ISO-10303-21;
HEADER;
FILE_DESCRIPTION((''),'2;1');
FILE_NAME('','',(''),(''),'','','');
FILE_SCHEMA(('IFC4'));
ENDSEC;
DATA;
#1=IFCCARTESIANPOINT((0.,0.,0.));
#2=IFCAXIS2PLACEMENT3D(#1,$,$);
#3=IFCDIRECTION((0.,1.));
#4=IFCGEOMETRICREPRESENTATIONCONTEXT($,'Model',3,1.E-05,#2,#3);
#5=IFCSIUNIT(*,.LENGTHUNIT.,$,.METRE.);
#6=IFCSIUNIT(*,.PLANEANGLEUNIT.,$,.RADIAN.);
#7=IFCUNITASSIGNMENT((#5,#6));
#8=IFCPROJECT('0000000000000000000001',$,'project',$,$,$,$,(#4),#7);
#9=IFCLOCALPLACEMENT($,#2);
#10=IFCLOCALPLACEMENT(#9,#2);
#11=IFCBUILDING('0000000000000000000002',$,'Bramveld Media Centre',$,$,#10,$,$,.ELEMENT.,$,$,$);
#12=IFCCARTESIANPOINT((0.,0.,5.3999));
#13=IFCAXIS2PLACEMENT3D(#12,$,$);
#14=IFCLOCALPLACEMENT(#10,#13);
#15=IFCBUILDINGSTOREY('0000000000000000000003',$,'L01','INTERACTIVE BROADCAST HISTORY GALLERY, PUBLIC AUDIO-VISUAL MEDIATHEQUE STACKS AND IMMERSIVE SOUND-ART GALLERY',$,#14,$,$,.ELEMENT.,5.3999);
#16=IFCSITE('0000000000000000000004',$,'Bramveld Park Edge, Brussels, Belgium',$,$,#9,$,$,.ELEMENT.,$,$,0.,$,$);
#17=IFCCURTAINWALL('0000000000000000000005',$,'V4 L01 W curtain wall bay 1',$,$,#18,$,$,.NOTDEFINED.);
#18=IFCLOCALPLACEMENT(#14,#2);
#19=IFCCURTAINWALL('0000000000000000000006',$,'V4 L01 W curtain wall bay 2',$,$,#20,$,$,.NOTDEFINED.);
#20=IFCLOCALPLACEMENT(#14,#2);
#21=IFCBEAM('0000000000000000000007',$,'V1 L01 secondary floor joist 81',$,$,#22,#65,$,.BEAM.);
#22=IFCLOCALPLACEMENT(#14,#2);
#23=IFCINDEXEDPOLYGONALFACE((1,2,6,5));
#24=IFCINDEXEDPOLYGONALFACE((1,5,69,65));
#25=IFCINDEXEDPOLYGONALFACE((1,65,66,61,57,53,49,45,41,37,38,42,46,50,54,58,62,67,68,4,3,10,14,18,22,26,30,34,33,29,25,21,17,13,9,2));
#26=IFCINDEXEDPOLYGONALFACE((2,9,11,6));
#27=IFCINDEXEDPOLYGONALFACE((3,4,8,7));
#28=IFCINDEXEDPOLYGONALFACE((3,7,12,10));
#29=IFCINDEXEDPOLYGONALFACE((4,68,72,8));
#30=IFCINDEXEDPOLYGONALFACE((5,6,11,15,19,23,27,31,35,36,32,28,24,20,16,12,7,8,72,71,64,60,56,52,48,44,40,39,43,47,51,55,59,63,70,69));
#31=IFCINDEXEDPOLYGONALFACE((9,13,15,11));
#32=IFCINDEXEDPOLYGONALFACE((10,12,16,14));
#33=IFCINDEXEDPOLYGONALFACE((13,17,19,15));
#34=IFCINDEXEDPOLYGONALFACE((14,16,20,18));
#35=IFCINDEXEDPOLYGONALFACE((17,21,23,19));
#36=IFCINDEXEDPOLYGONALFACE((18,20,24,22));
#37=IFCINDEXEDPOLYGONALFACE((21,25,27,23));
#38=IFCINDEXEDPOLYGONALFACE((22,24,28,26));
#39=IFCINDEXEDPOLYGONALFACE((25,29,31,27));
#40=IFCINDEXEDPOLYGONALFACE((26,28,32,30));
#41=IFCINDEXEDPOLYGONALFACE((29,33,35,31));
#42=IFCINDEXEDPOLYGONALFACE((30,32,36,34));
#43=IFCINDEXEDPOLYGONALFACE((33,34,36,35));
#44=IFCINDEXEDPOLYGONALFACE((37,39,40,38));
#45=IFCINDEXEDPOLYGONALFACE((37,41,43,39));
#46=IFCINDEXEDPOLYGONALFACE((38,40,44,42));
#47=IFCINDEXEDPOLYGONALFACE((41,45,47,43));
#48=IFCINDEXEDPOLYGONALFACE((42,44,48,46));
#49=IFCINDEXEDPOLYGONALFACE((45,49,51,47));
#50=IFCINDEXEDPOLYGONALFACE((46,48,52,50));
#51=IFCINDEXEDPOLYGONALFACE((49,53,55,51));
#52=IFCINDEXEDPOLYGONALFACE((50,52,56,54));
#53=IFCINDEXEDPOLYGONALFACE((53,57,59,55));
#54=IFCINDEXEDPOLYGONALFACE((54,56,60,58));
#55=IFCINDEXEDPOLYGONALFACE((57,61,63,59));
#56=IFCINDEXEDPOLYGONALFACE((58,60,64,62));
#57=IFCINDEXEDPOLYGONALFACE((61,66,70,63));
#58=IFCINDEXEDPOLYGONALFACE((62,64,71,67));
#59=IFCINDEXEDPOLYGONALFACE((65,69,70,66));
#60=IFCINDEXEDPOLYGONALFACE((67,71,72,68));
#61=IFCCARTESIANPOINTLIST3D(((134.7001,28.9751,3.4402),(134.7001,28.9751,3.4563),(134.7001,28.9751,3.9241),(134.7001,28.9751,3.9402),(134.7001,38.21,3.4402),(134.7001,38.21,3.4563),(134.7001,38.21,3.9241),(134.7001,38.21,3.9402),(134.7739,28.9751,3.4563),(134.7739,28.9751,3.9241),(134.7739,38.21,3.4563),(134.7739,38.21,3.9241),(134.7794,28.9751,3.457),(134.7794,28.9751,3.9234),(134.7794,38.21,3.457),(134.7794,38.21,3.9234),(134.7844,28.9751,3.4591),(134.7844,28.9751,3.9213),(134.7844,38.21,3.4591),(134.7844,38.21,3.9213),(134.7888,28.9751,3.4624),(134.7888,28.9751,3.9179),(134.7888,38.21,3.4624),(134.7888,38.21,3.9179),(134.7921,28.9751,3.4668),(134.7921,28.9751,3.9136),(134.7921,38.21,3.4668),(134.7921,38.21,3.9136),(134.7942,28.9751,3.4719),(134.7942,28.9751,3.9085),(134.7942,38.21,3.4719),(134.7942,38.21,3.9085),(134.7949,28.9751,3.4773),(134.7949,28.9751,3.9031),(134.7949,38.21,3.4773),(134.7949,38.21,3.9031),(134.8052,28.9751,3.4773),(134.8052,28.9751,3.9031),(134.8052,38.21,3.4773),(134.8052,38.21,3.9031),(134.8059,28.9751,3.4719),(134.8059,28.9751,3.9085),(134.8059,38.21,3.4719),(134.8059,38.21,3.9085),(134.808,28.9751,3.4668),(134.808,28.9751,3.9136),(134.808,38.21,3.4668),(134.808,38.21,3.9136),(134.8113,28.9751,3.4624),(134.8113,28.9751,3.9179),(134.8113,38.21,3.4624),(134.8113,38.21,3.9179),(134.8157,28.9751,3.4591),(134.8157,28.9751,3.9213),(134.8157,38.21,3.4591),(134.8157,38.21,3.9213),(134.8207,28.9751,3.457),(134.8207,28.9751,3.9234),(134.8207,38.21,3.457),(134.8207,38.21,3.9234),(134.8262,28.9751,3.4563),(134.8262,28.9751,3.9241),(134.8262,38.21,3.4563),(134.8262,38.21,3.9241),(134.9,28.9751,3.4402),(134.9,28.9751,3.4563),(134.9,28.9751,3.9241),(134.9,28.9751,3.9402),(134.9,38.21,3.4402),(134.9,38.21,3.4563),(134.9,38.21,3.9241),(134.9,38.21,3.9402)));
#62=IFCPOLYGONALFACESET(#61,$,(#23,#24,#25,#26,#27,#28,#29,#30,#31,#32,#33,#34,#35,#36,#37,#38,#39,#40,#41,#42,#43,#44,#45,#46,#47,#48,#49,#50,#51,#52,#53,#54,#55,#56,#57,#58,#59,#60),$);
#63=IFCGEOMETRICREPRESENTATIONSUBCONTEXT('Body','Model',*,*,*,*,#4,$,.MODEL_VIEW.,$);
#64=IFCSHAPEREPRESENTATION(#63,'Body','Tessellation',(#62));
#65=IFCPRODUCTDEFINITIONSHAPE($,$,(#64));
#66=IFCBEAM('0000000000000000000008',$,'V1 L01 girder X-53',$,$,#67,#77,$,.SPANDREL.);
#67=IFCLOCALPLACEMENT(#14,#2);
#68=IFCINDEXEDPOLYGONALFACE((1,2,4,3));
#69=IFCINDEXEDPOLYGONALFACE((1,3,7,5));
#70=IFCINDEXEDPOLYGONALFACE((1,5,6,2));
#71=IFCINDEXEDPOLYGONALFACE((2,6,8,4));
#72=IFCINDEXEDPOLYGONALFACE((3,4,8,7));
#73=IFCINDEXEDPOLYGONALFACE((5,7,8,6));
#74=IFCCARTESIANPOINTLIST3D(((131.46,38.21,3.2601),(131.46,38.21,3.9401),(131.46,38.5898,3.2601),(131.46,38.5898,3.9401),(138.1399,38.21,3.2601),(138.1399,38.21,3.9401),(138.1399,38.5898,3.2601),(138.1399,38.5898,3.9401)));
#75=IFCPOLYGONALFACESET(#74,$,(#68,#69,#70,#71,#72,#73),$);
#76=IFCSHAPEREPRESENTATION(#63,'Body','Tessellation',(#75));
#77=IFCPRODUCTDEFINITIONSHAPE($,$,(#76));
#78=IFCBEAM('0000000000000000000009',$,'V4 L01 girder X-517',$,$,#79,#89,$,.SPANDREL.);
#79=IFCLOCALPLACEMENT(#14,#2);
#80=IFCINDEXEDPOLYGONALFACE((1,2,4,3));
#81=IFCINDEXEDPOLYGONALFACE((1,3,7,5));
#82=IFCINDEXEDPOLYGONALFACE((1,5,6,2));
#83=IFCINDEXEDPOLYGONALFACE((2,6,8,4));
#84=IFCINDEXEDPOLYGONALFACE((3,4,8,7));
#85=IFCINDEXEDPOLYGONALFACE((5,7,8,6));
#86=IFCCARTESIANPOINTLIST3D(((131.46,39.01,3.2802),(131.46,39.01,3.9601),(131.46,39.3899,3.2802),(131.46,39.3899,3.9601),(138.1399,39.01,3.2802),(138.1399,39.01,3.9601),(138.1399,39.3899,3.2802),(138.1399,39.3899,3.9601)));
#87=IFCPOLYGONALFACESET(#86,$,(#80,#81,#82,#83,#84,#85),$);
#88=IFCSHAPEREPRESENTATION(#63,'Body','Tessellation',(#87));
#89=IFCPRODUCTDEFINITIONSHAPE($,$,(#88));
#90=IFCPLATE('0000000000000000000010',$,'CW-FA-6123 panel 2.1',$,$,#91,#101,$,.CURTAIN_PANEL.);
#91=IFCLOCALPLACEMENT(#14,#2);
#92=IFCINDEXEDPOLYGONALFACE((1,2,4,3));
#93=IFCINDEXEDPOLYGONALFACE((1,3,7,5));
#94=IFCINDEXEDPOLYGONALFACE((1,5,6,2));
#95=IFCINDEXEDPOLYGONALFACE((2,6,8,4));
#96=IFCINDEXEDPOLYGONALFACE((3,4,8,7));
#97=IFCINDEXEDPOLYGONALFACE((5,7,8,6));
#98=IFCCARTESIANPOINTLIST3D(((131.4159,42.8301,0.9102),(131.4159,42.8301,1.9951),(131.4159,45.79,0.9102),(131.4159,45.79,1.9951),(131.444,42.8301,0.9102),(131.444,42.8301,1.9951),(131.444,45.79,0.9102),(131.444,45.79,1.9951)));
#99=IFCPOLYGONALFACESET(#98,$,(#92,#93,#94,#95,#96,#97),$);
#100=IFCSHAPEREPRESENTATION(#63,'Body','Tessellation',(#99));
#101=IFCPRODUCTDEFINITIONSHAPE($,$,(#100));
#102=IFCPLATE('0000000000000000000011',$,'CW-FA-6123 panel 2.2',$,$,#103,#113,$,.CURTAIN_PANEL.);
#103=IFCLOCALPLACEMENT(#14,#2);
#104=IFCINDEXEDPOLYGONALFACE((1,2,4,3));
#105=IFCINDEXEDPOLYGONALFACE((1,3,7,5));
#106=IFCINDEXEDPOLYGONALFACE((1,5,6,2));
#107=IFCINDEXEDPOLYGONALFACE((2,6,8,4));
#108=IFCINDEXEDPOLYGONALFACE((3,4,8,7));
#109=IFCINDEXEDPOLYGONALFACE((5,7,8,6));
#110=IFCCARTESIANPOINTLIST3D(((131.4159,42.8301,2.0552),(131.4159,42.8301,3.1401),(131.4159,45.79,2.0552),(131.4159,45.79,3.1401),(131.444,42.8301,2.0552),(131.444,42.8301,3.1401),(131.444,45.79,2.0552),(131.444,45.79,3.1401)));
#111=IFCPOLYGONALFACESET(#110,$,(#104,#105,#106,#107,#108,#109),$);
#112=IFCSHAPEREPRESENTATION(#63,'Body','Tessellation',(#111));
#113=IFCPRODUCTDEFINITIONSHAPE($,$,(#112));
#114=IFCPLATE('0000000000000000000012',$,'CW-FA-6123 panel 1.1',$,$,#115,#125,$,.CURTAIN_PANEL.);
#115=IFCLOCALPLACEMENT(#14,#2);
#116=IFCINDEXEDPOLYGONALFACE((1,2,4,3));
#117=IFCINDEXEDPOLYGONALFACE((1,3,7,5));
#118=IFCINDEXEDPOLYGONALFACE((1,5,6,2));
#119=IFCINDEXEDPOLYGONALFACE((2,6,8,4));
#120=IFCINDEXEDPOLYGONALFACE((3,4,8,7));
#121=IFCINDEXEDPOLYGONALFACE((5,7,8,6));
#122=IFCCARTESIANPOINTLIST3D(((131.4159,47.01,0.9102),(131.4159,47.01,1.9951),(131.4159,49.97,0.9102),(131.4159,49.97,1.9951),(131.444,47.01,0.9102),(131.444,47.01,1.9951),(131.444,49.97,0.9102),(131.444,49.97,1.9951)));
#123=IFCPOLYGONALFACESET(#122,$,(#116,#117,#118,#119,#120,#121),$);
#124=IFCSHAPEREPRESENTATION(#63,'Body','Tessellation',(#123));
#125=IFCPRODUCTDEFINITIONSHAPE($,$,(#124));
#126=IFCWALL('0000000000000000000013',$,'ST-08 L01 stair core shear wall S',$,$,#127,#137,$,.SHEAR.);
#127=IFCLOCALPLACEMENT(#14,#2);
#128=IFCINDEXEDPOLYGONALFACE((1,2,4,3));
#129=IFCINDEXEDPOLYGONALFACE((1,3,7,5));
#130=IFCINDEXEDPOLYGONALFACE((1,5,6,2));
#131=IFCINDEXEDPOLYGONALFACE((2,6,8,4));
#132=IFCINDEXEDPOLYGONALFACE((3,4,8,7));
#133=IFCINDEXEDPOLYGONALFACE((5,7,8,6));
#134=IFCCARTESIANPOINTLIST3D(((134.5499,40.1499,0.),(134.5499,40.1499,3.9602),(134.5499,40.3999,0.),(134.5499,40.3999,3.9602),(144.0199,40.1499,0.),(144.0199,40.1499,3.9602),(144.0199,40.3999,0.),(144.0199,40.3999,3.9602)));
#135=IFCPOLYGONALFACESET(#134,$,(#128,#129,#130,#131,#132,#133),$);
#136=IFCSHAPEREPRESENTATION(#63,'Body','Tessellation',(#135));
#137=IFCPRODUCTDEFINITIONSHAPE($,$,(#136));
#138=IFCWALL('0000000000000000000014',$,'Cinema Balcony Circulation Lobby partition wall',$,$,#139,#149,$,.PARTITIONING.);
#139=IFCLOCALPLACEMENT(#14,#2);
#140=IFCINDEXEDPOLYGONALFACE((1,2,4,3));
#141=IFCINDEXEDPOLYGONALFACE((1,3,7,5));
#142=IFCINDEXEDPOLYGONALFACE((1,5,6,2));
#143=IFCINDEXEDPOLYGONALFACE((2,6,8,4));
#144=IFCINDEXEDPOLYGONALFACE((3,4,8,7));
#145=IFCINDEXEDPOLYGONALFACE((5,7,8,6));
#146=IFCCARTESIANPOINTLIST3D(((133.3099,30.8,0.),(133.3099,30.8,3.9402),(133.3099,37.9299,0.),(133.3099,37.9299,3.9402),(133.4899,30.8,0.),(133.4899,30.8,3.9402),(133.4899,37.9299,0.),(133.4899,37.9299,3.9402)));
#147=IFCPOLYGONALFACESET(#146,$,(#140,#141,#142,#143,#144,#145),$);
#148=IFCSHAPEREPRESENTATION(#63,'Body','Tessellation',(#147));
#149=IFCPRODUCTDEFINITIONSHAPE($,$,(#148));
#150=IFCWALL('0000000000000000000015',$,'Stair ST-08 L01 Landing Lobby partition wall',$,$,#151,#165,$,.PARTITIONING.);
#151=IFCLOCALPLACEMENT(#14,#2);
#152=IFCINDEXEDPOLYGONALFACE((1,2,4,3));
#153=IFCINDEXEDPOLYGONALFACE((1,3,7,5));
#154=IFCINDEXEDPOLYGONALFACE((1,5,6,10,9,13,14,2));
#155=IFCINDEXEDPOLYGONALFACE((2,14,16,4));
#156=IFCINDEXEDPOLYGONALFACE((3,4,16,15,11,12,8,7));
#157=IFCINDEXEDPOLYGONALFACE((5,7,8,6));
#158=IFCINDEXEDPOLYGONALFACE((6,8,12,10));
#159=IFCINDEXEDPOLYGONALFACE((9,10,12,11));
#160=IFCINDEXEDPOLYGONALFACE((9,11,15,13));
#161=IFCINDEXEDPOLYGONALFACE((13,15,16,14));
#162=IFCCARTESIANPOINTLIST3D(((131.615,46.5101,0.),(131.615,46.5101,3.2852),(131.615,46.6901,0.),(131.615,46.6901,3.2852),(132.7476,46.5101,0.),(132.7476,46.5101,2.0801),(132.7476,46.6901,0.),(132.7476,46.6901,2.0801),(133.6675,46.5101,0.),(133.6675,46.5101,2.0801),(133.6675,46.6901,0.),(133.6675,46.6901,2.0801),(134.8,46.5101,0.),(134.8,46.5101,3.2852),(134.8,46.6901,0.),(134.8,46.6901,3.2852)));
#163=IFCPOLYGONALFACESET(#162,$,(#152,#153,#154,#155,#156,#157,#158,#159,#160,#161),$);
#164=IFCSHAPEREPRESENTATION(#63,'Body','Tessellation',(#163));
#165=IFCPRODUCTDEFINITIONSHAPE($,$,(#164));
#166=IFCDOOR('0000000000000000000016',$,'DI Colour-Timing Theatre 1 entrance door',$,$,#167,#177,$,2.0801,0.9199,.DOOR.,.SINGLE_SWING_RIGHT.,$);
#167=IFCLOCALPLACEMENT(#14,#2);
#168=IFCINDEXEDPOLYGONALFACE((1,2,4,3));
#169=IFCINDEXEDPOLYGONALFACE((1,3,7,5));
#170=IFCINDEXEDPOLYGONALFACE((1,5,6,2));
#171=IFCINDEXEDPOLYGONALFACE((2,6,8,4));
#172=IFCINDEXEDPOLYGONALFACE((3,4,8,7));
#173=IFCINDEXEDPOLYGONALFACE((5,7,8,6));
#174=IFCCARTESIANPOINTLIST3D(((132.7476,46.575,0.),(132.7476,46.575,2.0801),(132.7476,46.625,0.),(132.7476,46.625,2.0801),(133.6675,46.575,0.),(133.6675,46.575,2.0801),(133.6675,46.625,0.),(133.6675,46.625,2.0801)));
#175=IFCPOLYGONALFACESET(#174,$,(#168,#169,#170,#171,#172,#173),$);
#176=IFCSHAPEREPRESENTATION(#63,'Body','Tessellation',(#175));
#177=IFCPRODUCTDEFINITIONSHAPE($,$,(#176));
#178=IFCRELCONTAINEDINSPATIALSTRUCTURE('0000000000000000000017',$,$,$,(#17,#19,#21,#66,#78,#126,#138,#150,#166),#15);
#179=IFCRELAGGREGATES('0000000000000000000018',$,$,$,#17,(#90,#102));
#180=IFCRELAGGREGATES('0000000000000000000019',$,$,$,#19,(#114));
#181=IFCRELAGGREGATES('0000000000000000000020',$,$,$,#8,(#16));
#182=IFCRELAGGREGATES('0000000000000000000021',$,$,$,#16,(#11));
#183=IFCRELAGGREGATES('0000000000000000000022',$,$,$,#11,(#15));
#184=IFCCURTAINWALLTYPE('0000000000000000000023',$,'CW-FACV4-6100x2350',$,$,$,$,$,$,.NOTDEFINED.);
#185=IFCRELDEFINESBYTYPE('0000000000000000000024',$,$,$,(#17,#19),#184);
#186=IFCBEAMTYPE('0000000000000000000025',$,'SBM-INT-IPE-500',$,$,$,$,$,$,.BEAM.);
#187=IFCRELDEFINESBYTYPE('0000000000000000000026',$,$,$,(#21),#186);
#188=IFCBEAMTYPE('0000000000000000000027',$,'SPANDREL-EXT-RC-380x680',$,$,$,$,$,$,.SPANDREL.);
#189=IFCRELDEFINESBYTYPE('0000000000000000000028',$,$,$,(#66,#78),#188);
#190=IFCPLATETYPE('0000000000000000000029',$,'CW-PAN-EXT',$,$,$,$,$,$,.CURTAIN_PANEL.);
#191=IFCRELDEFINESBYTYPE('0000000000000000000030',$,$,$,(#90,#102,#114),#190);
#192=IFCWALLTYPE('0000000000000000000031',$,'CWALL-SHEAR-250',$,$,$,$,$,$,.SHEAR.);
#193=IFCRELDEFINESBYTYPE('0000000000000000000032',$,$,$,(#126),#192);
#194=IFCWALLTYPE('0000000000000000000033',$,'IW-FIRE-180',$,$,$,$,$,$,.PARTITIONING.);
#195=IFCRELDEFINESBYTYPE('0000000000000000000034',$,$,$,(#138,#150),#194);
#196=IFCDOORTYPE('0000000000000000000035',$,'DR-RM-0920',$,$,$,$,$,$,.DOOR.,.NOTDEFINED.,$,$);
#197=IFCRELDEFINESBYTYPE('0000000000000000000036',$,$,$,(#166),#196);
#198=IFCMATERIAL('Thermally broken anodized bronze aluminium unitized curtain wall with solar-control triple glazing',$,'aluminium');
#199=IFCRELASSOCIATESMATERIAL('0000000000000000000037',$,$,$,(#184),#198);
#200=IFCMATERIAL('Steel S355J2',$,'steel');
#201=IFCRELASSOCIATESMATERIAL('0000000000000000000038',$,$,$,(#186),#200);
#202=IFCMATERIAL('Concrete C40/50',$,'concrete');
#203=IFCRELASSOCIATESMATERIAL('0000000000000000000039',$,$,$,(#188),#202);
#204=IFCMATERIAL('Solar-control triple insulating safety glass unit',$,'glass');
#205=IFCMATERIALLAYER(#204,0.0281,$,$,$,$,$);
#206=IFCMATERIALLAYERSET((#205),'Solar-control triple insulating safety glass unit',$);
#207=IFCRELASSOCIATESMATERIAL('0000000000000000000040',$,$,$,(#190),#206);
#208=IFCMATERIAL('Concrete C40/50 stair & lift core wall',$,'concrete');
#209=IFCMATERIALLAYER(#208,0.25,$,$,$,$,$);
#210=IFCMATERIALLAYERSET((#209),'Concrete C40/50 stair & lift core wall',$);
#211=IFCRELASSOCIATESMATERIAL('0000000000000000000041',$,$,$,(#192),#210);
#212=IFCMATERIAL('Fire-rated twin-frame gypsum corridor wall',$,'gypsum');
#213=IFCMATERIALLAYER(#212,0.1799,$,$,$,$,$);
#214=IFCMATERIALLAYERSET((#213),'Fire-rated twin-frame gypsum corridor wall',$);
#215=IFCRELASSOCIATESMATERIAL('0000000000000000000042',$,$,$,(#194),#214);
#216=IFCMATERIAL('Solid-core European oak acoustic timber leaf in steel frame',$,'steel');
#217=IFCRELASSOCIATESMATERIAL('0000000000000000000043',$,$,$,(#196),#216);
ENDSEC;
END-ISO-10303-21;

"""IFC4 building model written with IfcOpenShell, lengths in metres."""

from ifc_helpers import new_model, si_unit, direction, frame, frame_2d, origin, origin_2d, place, context, subcontext, project, spatial, rectangle, i_section, extrude, material, layer, layer_set, material_profile, profile_set, type_object, element, fill, aggregate, save


model = new_model("IFC4")

# Units and contexts
model_context = context("Model", 3, precision=1e-05, world=origin(), true_north=direction((0.0, 1.0)))
body_context = subcontext(model_context, "Body", "Model", "MODEL_VIEW")
ifc_project = project(units=[si_unit("LENGTHUNIT", "METRE"), si_unit("PLANEANGLEUNIT", "RADIAN")], contexts=[model_context])

# Site, building, storey
site_placement = place(None, origin())
site = spatial("IfcSite", under=ifc_project, at=site_placement, Name="Bramveld Park Edge, Brussels, Belgium", CompositionType="ELEMENT", RefElevation=0.0)
building_placement = place(site_placement, origin())
building = spatial("IfcBuilding", under=site, at=building_placement, Name="Bramveld Media Centre", CompositionType="ELEMENT")
storey_placement = place(building_placement, frame((0.0, 0.0, 5.3999)))
storey = spatial("IfcBuildingStorey", under=building, at=storey_placement, Name="L01", Description="INTERACTIVE BROADCAST HISTORY GALLERY, PUBLIC AUDIO-VISUAL MEDIATHEQUE STACKS AND IMMERSIVE SOUND-ART GALLERY", CompositionType="ELEMENT", Elevation=5.3999)

# Curtain walls
ifc_material_1 = material(Name="Thermally broken anodized bronze aluminium unitized curtain wall with solar-control triple glazing", Category="aluminium")
curtain_wall_type = type_object("IfcCurtainWallType", Name="CW-FACV4-6100x2350", PredefinedType="NOTDEFINED", material=ifc_material_1)
curtain_wall_1_placement = place(storey_placement, origin())
curtain_wall_1 = element("IfcCurtainWall", 1, at=curtain_wall_1_placement, inside=storey, type_object=curtain_wall_type, Name="V4 L01 W curtain wall bay 1", PredefinedType="NOTDEFINED")
curtain_wall_2_placement = place(storey_placement, origin())
curtain_wall_2 = element("IfcCurtainWall", 2, at=curtain_wall_2_placement, inside=storey, type_object=curtain_wall_type, Name="V4 L01 W curtain wall bay 2", PredefinedType="NOTDEFINED")

# Beams
ifc_material_2 = material(Name="Steel S355J2", Category="steel")
ifc_material_profile_1 = material_profile(ifc_material_2, i_section(OverallWidth=0.2, OverallDepth=0.5, WebThickness=0.0103, FlangeThickness=0.0161, FilletRadius=0.021, at=origin_2d()), Name="IPE 500")
ifc_profile_set_1 = profile_set([ifc_material_profile_1], Name="Steel S355J2")
beam_type_1 = type_object("IfcBeamType", Name="SBM-INT-IPE-500", PredefinedType="BEAM", material=ifc_profile_set_1)
beam_1_placement = place(storey_placement, frame((134.8, 28.9751, 3.6902), z_axis=(0.0, 1.0, 0.0), x_axis=(-1.0, 0.0, 0.0)))
element("IfcBeam", 3, at=beam_1_placement, inside=storey, type_object=beam_type_1, Name="V1 L01 secondary floor joist 81", PredefinedType="BEAM", context=body_context, shape_type="SweptSolid", body=[
    extrude(i_section(OverallWidth=0.2, OverallDepth=0.5, WebThickness=0.0103, FlangeThickness=0.0161, FilletRadius=0.021, at=origin_2d()), origin(), (0.0, 0.0, 1.0), 9.2349),
])
ifc_material_3 = material(Name="Concrete C40/50", Category="concrete")
ifc_material_profile_2 = material_profile(ifc_material_3, rectangle(XDim=0.3799, YDim=0.6799, at=origin_2d()), Name="RC 380x680")
ifc_profile_set_2 = profile_set([ifc_material_profile_2], Name="Concrete C40/50")
beam_type_2 = type_object("IfcBeamType", Name="SPANDREL-EXT-RC-380x680", PredefinedType="SPANDREL", material=ifc_profile_set_2)
for number, where, z_axis, x_axis, name in (
    (4, (131.46, 38.3999, 3.6001), (1.0, 0.0, 0.0), (0.0, 1.0, 0.0), "V1 L01 girder X-53"),
    (5, (131.46, 39.2, 3.6201), (1.0, 0.0, 0.0), (0.0, 1.0, 0.0), "V4 L01 girder X-517"),
):
    element("IfcBeam", number, at=place(storey_placement, frame(where, z_axis=z_axis, x_axis=x_axis)), inside=storey, type_object=beam_type_2, Name=name, PredefinedType="SPANDREL", context=body_context, shape_type="SweptSolid", body=[
        extrude(rectangle(XDim=0.3799, YDim=0.6799, at=origin_2d()), origin(), (0.0, 0.0, 1.0), 6.6799),
    ])

# Plates
ifc_material_4 = material(Name="Solar-control triple insulating safety glass unit", Category="glass")
ifc_layer_1 = layer(ifc_material_4, 0.0281)
ifc_layer_set_1 = layer_set([ifc_layer_1], Name="Solar-control triple insulating safety glass unit")
plate_type = type_object("IfcPlateType", Name="CW-PAN-EXT", PredefinedType="CURTAIN_PANEL", material=ifc_layer_set_1)
plate_1_placement = place(storey_placement, frame((131.4299, 44.3101, 0.9102), z_axis=(0.0, 0.0, 1.0), x_axis=(0.0, 1.0, 0.0)))
plate_1 = element("IfcPlate", 6, at=plate_1_placement, type_object=plate_type, Name="CW-FA-6123 panel 2.1", PredefinedType="CURTAIN_PANEL", context=body_context, shape_type="SweptSolid", body=[
    extrude(rectangle(XDim=2.96, YDim=0.0281, at=origin_2d()), origin(), (0.0, 0.0, 1.0), 1.085),
])
plate_2_placement = place(storey_placement, frame((131.4299, 44.3101, 2.0552), z_axis=(0.0, 0.0, 1.0), x_axis=(0.0, 1.0, 0.0)))
plate_2 = element("IfcPlate", 7, at=plate_2_placement, type_object=plate_type, Name="CW-FA-6123 panel 2.2", PredefinedType="CURTAIN_PANEL", context=body_context, shape_type="SweptSolid", body=[
    extrude(rectangle(XDim=2.96, YDim=0.0281, at=origin_2d()), origin(), (0.0, 0.0, 1.0), 1.085),
])
aggregate(curtain_wall_1, [plate_1, plate_2])
plate_3_placement = place(storey_placement, frame((131.4299, 48.49, 0.9102), z_axis=(0.0, 0.0, 1.0), x_axis=(0.0, 1.0, 0.0)))
plate_3 = element("IfcPlate", 8, at=plate_3_placement, type_object=plate_type, Name="CW-FA-6123 panel 1.1", PredefinedType="CURTAIN_PANEL", context=body_context, shape_type="SweptSolid", body=[
    extrude(rectangle(XDim=2.96, YDim=0.0281, at=origin_2d()), origin(), (0.0, 0.0, 1.0), 1.085),
])
aggregate(curtain_wall_2, [plate_3])

# Wall
ifc_material_5 = material(Name="Concrete C40/50 stair & lift core wall", Category="concrete")
ifc_layer_2 = layer(ifc_material_5, 0.25)
ifc_layer_set_2 = layer_set([ifc_layer_2], Name="Concrete C40/50 stair & lift core wall")
wall_type_1 = type_object("IfcWallType", Name="CWALL-SHEAR-250", PredefinedType="SHEAR", material=ifc_layer_set_2)
wall_1_placement = place(storey_placement, frame((134.55, 40.2749, 0.0), z_axis=(0.0, 0.0, 1.0), x_axis=(1.0, 0.0, 0.0)))
element("IfcWall", 9, at=wall_1_placement, inside=storey, type_object=wall_type_1, Name="ST-08 L01 stair core shear wall S", PredefinedType="SHEAR", context=body_context, shape_type="SweptSolid", body=[
    extrude(rectangle(XDim=9.47, YDim=0.25, at=frame_2d((4.7349, 0.0))), origin(), (0.0, 0.0, 1.0), 3.9602),
])

# Wall
ifc_material_6 = material(Name="Fire-rated twin-frame gypsum corridor wall", Category="gypsum")
ifc_layer_3 = layer(ifc_material_6, 0.1799)
ifc_layer_set_3 = layer_set([ifc_layer_3], Name="Fire-rated twin-frame gypsum corridor wall")
wall_type_2 = type_object("IfcWallType", Name="IW-FIRE-180", PredefinedType="PARTITIONING", material=ifc_layer_set_3)
wall_2_placement = place(storey_placement, frame((133.3999, 30.8, 0.0), z_axis=(0.0, 0.0, 1.0), x_axis=(0.0, 1.0, 0.0)))
element("IfcWall", 10, at=wall_2_placement, inside=storey, type_object=wall_type_2, Name="Cinema Balcony Circulation Lobby partition wall", PredefinedType="PARTITIONING", context=body_context, shape_type="SweptSolid", body=[
    extrude(rectangle(XDim=7.1299, YDim=0.1799, at=frame_2d((3.5649, 0.0))), origin(), (0.0, 0.0, 1.0), 3.9402),
])

# Wall, opening, door
wall_3_placement = place(storey_placement, frame((131.615, 46.6001, 0.0), z_axis=(0.0, 0.0, 1.0), x_axis=(1.0, 0.0, 0.0)))
wall_3 = element("IfcWall", 11, at=wall_3_placement, inside=storey, type_object=wall_type_2, Name="Stair ST-08 L01 Landing Lobby partition wall", PredefinedType="PARTITIONING", context=body_context, shape_type="SweptSolid", body=[
    extrude(rectangle(XDim=3.1851, YDim=0.1799, at=frame_2d((1.5925, 0.0))), origin(), (0.0, 0.0, 1.0), 3.2852),
])
opening_1_placement = place(wall_3_placement, frame((1.1326, 0.0, 0.0)))
opening_1 = element("IfcOpeningElement", 12, at=opening_1_placement, cuts=wall_3, PredefinedType="OPENING", context=body_context, shape_type="SweptSolid", body=[
    extrude(rectangle(XDim=0.9199, YDim=2.0801, at=frame_2d((0.46, 1.04))), frame((0.0, 0.1021, 0.0), z_axis=(0.0, -1.0, 0.0), x_axis=(1.0, 0.0, 0.0)), (0.0, 0.0, 1.0), 0.2039),
])
ifc_material_7 = material(Name="Solid-core European oak acoustic timber leaf in steel frame", Category="steel")
door_type_1 = type_object("IfcDoorType", Name="DR-RM-0920", OperationType="NOTDEFINED", PredefinedType="DOOR", material=ifc_material_7)
door_1_placement = place(opening_1_placement, origin())
door_1 = element("IfcDoor", 13, at=door_1_placement, inside=storey, type_object=door_type_1, Name="DI Colour-Timing Theatre 1 entrance door", OperationType="SINGLE_SWING_RIGHT", OverallHeight=2.0801, OverallWidth=0.9199, PredefinedType="DOOR", context=body_context, shape_type="SweptSolid", body=[
    extrude(rectangle(XDim=0.9199, YDim=2.0801, at=frame_2d((0.46, 1.04))), frame((0.0, 0.0249, 0.0), z_axis=(0.0, -1.0, 0.0), x_axis=(1.0, 0.0, 0.0)), (0.0, 0.0, 1.0), 0.05),
])
fill(opening_1, door_1)

save(model, "model.ifc")
